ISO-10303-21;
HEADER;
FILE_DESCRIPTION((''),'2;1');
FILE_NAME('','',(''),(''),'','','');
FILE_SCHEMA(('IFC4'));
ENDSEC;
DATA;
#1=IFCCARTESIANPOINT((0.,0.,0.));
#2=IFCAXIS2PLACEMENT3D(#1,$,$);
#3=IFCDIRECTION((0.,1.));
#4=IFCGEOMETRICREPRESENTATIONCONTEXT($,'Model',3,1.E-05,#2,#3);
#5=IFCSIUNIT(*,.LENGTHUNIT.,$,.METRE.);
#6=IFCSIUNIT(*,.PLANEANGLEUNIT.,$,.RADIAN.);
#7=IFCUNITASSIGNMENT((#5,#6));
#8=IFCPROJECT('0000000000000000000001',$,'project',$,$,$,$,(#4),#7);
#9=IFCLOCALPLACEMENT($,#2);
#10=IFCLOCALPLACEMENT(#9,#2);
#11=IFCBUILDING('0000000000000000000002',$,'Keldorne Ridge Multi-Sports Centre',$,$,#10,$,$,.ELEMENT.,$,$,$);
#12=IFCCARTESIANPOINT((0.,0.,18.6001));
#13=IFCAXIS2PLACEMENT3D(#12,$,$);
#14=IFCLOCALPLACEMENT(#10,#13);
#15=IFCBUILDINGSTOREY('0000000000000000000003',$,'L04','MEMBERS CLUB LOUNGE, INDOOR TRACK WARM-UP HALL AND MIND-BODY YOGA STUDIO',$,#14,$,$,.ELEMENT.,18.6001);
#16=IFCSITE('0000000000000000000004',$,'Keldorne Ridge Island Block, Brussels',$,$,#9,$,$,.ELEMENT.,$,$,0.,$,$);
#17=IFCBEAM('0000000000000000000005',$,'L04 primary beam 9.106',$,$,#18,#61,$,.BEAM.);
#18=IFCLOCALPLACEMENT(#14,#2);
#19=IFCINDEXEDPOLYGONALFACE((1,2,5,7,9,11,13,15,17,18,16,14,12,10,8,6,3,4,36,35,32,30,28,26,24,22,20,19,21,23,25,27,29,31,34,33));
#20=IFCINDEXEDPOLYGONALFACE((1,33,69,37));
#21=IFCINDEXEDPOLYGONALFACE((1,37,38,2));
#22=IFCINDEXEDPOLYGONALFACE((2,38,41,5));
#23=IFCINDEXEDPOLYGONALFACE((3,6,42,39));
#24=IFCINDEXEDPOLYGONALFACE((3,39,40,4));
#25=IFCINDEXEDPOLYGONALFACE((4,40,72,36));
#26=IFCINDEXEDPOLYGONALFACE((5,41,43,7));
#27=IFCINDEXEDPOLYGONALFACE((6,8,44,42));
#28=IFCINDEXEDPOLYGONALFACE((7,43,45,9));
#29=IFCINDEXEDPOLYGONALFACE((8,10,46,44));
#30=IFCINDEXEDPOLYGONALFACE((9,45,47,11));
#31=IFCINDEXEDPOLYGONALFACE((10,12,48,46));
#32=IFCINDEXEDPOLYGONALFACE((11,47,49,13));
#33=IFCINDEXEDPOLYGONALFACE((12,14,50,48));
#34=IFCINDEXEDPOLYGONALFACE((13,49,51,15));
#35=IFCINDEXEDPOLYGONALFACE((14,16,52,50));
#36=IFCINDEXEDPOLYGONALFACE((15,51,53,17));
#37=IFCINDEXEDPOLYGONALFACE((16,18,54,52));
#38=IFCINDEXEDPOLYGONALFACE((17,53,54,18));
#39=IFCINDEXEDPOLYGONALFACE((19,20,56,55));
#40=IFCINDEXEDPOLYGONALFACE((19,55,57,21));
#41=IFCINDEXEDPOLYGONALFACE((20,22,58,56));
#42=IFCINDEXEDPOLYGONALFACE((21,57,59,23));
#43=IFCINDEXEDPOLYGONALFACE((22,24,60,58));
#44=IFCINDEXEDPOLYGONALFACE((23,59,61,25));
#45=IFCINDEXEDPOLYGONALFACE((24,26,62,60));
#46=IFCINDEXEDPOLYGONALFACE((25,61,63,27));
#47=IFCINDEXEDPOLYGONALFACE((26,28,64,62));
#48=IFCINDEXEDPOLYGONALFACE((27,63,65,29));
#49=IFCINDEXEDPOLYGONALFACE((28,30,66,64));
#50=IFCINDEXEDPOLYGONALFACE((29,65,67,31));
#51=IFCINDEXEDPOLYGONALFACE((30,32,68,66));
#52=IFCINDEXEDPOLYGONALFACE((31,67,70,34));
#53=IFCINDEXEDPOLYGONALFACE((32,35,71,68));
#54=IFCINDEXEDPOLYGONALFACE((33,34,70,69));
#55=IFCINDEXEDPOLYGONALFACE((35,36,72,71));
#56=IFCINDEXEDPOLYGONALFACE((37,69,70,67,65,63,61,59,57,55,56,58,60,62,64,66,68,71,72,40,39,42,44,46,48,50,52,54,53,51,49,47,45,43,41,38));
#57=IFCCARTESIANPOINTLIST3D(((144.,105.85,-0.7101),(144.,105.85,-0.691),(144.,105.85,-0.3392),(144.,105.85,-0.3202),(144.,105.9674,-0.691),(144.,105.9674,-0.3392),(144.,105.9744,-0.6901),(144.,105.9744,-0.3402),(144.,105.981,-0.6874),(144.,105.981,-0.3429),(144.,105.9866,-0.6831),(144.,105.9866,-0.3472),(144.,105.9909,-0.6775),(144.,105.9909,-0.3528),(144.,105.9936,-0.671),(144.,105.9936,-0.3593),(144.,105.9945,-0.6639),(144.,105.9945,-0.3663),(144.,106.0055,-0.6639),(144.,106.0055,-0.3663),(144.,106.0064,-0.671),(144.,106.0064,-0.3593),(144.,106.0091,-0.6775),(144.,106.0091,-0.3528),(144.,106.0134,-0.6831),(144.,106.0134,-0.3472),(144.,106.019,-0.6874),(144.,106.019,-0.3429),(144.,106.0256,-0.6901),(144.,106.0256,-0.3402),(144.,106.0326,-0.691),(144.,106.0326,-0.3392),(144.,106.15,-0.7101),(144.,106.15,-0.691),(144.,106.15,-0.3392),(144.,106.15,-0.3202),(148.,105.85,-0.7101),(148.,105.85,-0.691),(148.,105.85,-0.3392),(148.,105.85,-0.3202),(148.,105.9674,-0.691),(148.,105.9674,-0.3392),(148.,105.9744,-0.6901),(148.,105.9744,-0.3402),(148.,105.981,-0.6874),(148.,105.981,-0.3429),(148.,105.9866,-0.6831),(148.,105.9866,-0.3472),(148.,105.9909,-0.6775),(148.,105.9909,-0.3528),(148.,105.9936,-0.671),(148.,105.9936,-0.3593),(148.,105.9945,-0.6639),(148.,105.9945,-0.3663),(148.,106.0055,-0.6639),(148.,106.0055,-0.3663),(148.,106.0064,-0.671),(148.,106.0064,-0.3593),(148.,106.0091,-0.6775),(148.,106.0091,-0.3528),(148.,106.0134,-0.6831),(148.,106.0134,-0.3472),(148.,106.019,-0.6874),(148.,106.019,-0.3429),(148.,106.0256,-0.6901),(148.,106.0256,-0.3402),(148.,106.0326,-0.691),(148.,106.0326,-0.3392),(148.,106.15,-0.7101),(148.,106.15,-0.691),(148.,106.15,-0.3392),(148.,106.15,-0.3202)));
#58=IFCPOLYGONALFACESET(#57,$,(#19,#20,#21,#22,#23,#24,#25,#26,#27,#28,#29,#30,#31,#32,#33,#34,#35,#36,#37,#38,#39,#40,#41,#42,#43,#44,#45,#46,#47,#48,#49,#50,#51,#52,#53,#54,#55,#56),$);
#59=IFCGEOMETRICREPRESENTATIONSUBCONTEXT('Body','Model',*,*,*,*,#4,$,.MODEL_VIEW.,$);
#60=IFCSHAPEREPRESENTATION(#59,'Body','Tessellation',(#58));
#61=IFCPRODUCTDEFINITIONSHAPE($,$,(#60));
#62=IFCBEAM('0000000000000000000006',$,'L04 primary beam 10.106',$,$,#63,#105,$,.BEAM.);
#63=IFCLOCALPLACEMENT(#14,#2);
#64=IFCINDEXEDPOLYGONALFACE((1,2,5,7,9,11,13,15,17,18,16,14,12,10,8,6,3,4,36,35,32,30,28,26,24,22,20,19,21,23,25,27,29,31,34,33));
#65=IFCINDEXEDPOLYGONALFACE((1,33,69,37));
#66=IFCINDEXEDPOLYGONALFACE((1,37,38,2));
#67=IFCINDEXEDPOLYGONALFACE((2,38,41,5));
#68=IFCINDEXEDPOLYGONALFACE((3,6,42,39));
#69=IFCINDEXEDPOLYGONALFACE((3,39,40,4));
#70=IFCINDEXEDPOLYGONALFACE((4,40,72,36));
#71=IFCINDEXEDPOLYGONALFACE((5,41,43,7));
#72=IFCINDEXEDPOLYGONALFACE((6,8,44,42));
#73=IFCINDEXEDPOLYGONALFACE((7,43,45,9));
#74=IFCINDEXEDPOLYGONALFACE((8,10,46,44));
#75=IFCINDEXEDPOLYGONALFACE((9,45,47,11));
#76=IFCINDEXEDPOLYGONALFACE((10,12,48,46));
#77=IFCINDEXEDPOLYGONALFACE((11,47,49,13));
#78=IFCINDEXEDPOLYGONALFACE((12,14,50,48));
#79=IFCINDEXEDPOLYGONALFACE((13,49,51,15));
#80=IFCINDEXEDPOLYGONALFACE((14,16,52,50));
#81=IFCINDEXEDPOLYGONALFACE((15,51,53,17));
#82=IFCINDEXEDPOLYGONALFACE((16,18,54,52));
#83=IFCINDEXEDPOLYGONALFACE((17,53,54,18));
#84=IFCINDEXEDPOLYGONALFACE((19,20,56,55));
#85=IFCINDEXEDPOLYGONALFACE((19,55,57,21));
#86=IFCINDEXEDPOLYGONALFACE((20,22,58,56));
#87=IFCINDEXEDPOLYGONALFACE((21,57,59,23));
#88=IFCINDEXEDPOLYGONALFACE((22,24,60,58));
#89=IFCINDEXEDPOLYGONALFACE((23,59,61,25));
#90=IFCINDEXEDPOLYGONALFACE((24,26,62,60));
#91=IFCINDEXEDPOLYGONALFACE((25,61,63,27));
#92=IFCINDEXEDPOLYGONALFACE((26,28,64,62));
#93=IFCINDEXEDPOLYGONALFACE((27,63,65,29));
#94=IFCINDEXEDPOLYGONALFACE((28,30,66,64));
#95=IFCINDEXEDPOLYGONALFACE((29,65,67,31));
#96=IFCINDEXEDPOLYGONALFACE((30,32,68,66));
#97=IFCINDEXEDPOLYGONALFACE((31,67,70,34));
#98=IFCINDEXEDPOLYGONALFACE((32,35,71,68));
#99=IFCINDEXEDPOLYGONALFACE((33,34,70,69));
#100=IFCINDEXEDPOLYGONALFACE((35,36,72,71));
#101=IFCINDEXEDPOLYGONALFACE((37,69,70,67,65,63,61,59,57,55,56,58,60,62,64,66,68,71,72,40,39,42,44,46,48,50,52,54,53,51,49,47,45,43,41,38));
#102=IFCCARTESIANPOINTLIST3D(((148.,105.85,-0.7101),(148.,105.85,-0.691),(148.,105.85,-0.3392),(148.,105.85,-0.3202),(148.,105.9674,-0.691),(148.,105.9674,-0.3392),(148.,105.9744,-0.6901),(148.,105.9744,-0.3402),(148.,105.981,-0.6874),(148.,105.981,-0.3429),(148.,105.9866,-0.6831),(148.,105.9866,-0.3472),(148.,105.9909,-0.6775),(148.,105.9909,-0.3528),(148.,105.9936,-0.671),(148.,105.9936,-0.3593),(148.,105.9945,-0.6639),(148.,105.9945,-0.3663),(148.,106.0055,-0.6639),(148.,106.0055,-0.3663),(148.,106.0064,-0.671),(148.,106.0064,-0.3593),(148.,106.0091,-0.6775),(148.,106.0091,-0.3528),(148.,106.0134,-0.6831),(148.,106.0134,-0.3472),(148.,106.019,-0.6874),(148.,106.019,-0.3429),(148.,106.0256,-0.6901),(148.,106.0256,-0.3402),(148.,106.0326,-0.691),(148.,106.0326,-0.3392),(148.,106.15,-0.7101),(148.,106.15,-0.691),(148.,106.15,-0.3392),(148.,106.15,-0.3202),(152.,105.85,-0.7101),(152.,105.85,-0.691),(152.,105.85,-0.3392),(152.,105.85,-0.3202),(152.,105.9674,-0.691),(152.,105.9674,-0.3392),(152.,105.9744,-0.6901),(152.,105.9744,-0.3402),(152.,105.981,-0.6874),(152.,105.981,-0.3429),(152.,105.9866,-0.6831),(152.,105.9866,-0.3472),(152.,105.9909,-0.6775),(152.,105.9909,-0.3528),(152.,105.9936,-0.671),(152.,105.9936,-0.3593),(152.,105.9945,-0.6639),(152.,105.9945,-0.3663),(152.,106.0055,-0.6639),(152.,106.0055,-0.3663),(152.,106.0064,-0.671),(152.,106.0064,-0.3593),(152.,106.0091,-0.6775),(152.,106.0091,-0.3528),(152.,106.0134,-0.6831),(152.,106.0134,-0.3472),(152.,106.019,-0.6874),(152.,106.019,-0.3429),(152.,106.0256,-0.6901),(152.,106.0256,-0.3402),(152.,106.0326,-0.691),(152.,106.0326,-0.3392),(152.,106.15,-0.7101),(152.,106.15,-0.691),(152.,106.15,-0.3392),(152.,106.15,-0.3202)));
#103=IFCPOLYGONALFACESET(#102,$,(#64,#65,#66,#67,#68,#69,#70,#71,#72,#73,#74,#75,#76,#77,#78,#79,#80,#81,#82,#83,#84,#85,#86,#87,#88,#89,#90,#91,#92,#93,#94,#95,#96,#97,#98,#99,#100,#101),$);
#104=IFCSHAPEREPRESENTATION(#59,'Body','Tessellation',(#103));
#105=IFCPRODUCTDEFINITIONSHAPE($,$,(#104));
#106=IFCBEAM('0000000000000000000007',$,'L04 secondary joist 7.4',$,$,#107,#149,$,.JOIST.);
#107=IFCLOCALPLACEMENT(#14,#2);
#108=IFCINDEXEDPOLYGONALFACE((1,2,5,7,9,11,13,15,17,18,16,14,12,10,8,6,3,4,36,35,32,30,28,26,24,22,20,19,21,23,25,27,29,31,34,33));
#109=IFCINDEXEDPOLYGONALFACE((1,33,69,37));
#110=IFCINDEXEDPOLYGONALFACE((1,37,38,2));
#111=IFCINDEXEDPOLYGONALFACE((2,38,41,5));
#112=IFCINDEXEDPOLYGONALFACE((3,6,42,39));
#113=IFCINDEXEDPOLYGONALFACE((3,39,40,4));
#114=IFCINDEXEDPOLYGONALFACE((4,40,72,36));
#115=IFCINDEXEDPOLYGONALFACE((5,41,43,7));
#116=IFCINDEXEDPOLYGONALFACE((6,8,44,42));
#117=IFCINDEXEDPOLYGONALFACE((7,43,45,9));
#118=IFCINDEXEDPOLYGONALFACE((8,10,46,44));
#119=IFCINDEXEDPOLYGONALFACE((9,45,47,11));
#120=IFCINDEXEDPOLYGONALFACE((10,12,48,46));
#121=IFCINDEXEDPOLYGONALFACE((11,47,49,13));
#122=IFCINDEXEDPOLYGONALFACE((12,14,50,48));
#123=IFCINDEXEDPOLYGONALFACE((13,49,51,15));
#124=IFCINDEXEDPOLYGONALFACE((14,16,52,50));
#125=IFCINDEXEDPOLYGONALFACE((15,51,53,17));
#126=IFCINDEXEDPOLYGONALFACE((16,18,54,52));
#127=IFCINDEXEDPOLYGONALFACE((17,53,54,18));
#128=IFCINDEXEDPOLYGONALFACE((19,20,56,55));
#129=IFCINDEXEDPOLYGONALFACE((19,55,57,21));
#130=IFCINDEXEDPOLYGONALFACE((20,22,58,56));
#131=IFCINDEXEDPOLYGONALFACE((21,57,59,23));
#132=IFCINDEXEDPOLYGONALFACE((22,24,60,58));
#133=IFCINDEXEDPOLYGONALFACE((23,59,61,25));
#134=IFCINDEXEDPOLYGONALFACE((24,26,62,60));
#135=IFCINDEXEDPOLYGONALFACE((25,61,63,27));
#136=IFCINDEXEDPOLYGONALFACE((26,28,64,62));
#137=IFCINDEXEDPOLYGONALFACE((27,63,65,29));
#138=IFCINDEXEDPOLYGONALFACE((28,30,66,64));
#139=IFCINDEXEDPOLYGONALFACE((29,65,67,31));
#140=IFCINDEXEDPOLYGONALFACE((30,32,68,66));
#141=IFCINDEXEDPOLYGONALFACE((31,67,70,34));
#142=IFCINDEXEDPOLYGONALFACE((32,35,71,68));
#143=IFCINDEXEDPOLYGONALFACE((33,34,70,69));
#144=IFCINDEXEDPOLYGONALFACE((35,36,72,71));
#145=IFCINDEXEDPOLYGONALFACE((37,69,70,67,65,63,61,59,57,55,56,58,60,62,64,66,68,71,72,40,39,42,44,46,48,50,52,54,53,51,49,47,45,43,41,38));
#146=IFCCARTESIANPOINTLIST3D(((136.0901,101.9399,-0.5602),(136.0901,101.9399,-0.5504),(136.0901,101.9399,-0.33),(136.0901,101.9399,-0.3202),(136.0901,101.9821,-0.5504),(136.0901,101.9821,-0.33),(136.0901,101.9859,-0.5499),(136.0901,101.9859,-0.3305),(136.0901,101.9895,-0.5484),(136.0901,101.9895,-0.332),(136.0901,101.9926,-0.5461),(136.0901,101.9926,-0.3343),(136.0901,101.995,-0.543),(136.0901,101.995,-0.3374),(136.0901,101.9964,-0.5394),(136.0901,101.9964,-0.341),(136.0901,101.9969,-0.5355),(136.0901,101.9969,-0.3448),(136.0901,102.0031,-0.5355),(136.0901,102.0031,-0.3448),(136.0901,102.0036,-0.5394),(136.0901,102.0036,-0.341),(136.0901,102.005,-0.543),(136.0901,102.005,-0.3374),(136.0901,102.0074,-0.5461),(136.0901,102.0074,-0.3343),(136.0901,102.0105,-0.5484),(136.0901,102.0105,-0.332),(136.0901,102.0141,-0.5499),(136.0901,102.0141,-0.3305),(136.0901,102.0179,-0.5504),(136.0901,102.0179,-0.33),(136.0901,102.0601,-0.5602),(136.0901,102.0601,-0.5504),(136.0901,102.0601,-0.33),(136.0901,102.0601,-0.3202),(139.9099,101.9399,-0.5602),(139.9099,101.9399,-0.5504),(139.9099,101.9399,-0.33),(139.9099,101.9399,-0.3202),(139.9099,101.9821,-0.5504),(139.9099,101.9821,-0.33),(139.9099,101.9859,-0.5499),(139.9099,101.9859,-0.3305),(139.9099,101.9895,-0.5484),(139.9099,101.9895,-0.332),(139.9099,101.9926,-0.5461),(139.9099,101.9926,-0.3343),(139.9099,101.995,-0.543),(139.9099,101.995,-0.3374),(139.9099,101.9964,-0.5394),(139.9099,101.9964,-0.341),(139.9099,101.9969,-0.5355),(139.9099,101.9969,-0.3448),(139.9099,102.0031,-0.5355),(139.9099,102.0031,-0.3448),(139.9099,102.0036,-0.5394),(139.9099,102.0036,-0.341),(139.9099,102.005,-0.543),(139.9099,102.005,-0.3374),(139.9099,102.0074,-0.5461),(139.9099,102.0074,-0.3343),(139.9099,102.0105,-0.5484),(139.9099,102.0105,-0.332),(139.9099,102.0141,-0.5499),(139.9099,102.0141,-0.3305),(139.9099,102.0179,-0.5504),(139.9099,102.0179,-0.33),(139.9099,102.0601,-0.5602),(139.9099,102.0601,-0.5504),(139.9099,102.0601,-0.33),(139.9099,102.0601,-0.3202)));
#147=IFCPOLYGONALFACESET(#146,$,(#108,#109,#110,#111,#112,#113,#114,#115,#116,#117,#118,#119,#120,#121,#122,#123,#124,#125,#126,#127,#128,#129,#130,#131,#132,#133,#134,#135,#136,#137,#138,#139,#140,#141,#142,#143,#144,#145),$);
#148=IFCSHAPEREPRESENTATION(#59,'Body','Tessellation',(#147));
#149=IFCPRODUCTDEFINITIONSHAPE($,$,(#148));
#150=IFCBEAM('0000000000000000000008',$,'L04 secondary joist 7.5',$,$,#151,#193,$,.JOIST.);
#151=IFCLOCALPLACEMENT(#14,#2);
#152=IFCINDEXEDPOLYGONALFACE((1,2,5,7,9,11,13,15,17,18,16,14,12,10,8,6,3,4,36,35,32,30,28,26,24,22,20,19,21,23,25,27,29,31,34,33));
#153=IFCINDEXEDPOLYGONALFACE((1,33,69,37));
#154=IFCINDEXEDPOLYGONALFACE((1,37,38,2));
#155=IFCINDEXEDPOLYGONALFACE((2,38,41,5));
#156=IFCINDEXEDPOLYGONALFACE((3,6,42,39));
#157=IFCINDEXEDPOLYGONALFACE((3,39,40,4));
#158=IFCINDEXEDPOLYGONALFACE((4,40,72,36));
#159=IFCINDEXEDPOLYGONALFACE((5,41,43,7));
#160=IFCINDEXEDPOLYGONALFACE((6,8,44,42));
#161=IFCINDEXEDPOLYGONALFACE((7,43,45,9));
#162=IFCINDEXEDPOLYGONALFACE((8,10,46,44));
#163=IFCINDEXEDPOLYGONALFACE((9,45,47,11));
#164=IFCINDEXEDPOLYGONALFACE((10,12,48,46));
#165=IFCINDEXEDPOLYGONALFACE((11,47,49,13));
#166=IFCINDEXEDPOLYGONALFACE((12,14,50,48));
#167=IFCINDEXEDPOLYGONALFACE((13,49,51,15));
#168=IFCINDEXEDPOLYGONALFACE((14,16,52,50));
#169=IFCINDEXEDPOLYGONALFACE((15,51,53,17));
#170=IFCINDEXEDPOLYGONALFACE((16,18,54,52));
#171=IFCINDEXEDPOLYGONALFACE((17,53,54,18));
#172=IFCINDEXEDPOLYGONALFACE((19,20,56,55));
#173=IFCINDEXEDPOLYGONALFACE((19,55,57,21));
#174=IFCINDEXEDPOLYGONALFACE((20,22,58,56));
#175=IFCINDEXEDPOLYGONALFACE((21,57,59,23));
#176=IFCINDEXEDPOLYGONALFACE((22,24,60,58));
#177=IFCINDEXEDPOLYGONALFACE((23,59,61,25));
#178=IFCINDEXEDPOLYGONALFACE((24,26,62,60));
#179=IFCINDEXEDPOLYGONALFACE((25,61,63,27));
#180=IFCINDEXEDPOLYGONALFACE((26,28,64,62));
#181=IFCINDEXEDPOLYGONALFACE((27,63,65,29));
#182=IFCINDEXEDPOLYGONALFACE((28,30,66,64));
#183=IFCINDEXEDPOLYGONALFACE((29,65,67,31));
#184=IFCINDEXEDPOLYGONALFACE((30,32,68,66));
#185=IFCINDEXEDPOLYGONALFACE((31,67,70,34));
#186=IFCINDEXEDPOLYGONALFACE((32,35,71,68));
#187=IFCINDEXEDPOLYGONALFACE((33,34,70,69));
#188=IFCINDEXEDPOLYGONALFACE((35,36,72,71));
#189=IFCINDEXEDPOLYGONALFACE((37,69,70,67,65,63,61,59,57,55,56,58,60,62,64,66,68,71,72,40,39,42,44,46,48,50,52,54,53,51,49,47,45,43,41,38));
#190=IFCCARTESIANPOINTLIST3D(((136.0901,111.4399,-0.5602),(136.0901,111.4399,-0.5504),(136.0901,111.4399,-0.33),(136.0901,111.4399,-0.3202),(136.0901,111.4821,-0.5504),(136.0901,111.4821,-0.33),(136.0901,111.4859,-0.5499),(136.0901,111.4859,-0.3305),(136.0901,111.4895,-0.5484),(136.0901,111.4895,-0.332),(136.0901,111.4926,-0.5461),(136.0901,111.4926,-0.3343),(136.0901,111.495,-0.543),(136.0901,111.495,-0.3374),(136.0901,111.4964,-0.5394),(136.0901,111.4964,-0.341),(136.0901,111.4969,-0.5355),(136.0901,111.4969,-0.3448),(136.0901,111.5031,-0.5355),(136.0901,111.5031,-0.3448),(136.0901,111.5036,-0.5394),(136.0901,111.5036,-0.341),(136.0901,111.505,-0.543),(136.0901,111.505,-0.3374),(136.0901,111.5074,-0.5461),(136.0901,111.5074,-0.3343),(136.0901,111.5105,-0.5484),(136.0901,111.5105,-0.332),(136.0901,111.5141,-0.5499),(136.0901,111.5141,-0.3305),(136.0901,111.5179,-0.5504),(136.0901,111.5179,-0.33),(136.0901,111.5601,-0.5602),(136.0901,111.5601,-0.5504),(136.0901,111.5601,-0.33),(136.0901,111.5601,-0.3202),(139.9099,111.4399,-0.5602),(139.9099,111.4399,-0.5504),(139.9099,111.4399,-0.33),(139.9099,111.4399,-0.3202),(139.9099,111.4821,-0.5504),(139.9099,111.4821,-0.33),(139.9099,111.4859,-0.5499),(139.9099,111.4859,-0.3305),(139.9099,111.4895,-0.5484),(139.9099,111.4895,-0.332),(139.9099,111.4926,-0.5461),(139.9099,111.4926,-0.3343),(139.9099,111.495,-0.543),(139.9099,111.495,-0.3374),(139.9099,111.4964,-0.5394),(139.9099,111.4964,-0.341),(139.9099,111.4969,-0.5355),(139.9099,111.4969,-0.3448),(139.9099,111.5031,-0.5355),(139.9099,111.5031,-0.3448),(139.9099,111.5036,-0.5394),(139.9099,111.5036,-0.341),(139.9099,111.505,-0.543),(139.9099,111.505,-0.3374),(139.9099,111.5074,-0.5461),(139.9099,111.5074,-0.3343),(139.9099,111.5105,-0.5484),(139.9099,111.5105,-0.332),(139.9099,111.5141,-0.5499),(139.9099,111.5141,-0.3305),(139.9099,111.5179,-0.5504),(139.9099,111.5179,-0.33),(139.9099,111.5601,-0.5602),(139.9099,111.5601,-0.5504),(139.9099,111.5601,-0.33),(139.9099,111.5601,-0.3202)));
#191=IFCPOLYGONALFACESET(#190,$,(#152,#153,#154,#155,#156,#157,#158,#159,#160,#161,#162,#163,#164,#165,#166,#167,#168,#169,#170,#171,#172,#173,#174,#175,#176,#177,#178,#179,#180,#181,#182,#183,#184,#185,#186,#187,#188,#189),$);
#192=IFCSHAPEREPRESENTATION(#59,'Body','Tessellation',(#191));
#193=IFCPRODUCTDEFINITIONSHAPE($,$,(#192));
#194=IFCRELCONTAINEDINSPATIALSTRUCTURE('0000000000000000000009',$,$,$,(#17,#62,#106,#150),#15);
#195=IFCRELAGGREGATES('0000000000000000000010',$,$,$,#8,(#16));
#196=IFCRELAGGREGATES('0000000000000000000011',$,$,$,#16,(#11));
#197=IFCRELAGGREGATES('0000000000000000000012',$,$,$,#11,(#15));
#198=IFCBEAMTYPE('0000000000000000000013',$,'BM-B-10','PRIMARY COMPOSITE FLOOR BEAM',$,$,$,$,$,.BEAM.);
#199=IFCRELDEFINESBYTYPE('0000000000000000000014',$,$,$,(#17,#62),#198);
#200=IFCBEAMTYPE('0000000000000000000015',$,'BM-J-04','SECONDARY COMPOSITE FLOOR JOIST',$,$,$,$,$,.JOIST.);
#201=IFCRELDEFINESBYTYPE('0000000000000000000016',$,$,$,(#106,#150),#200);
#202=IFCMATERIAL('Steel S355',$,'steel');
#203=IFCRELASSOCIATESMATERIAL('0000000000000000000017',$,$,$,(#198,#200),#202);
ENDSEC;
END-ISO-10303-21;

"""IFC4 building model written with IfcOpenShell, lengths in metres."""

from ifc_helpers import new_model, si_unit, direction, frame, origin, origin_2d, place, context, subcontext, project, spatial, i_section, extrude, material, material_profile, profile_set, type_object, element, save


model = new_model("IFC4")

# Units and contexts
model_context = context("Model", 3, precision=1e-05, world=origin(), true_north=direction((0.0, 1.0)))
body_context = subcontext(model_context, "Body", "Model", "MODEL_VIEW")
ifc_project = project(units=[si_unit("LENGTHUNIT", "METRE"), si_unit("PLANEANGLEUNIT", "RADIAN")], contexts=[model_context])

# Site, building, storey
site_placement = place(None, origin())
site = spatial("IfcSite", under=ifc_project, at=site_placement, Name="Keldorne Ridge Island Block, Brussels", CompositionType="ELEMENT", RefElevation=0.0)
building_placement = place(site_placement, origin())
building = spatial("IfcBuilding", under=site, at=building_placement, Name="Keldorne Ridge Multi-Sports Centre", CompositionType="ELEMENT")
storey_placement = place(building_placement, frame((0.0, 0.0, 18.6001)))
storey = spatial("IfcBuildingStorey", under=building, at=storey_placement, Name="L04", Description="MEMBERS CLUB LOUNGE, INDOOR TRACK WARM-UP HALL AND MIND-BODY YOGA STUDIO", CompositionType="ELEMENT", Elevation=18.6001)

# Shared definitions
ifc_material_1 = material(Name="Steel S355", Category="steel")

# Beams
ifc_material_profile_1 = material_profile(ifc_material_1, i_section(OverallWidth=0.3, OverallDepth=0.3899, WebThickness=0.011, FlangeThickness=0.019, FilletRadius=0.0271, at=origin_2d()), Name="HEA 400")
ifc_profile_set_1 = profile_set([ifc_material_profile_1], Name="Steel S355")
beam_type_1 = type_object("IfcBeamType", Name="BM-B-10", Description="PRIMARY COMPOSITE FLOOR BEAM", PredefinedType="BEAM", material=ifc_profile_set_1)
for number, where, z_axis, x_axis, name in (
    (1, (144.0, 106.0, -0.5151), (1.0, 0.0, 0.0), (0.0, 1.0, 0.0), "L04 primary beam 9.106"),
    (2, (148.0, 106.0, -0.5151), (1.0, 0.0, 0.0), (0.0, 1.0, 0.0), "L04 primary beam 10.106"),
):
    element("IfcBeam", number, at=place(storey_placement, frame(where, z_axis=z_axis, x_axis=x_axis)), inside=storey, type_object=beam_type_1, Name=name, PredefinedType="BEAM", context=body_context, shape_type="SweptSolid", body=[
        extrude(i_section(OverallWidth=0.3, OverallDepth=0.3899, WebThickness=0.011, FlangeThickness=0.019, FilletRadius=0.0271, at=origin_2d()), origin(), (0.0, 0.0, 1.0), 4.0),
    ])
ifc_material_profile_2 = material_profile(ifc_material_1, i_section(OverallWidth=0.1201, OverallDepth=0.24, WebThickness=0.0061, FlangeThickness=0.0098, FilletRadius=0.0149, at=origin_2d()), Name="IPE 240")
ifc_profile_set_2 = profile_set([ifc_material_profile_2], Name="Steel S355")
beam_type_2 = type_object("IfcBeamType", Name="BM-J-04", Description="SECONDARY COMPOSITE FLOOR JOIST", PredefinedType="JOIST", material=ifc_profile_set_2)
for number, where, z_axis, x_axis, name in (
    (3, (136.0901, 102.0, -0.4402), (1.0, 0.0, 0.0), (0.0, 1.0, 0.0), "L04 secondary joist 7.4"),
    (4, (136.0901, 111.5, -0.4402), (1.0, 0.0, 0.0), (0.0, 1.0, 0.0), "L04 secondary joist 7.5"),
):
    element("IfcBeam", number, at=place(storey_placement, frame(where, z_axis=z_axis, x_axis=x_axis)), inside=storey, type_object=beam_type_2, Name=name, PredefinedType="JOIST", context=body_context, shape_type="SweptSolid", body=[
        extrude(i_section(OverallWidth=0.1201, OverallDepth=0.24, WebThickness=0.0061, FlangeThickness=0.0098, FilletRadius=0.0149, at=origin_2d()), origin(), (0.0, 0.0, 1.0), 3.8198),
    ])

save(model, "model.ifc")
